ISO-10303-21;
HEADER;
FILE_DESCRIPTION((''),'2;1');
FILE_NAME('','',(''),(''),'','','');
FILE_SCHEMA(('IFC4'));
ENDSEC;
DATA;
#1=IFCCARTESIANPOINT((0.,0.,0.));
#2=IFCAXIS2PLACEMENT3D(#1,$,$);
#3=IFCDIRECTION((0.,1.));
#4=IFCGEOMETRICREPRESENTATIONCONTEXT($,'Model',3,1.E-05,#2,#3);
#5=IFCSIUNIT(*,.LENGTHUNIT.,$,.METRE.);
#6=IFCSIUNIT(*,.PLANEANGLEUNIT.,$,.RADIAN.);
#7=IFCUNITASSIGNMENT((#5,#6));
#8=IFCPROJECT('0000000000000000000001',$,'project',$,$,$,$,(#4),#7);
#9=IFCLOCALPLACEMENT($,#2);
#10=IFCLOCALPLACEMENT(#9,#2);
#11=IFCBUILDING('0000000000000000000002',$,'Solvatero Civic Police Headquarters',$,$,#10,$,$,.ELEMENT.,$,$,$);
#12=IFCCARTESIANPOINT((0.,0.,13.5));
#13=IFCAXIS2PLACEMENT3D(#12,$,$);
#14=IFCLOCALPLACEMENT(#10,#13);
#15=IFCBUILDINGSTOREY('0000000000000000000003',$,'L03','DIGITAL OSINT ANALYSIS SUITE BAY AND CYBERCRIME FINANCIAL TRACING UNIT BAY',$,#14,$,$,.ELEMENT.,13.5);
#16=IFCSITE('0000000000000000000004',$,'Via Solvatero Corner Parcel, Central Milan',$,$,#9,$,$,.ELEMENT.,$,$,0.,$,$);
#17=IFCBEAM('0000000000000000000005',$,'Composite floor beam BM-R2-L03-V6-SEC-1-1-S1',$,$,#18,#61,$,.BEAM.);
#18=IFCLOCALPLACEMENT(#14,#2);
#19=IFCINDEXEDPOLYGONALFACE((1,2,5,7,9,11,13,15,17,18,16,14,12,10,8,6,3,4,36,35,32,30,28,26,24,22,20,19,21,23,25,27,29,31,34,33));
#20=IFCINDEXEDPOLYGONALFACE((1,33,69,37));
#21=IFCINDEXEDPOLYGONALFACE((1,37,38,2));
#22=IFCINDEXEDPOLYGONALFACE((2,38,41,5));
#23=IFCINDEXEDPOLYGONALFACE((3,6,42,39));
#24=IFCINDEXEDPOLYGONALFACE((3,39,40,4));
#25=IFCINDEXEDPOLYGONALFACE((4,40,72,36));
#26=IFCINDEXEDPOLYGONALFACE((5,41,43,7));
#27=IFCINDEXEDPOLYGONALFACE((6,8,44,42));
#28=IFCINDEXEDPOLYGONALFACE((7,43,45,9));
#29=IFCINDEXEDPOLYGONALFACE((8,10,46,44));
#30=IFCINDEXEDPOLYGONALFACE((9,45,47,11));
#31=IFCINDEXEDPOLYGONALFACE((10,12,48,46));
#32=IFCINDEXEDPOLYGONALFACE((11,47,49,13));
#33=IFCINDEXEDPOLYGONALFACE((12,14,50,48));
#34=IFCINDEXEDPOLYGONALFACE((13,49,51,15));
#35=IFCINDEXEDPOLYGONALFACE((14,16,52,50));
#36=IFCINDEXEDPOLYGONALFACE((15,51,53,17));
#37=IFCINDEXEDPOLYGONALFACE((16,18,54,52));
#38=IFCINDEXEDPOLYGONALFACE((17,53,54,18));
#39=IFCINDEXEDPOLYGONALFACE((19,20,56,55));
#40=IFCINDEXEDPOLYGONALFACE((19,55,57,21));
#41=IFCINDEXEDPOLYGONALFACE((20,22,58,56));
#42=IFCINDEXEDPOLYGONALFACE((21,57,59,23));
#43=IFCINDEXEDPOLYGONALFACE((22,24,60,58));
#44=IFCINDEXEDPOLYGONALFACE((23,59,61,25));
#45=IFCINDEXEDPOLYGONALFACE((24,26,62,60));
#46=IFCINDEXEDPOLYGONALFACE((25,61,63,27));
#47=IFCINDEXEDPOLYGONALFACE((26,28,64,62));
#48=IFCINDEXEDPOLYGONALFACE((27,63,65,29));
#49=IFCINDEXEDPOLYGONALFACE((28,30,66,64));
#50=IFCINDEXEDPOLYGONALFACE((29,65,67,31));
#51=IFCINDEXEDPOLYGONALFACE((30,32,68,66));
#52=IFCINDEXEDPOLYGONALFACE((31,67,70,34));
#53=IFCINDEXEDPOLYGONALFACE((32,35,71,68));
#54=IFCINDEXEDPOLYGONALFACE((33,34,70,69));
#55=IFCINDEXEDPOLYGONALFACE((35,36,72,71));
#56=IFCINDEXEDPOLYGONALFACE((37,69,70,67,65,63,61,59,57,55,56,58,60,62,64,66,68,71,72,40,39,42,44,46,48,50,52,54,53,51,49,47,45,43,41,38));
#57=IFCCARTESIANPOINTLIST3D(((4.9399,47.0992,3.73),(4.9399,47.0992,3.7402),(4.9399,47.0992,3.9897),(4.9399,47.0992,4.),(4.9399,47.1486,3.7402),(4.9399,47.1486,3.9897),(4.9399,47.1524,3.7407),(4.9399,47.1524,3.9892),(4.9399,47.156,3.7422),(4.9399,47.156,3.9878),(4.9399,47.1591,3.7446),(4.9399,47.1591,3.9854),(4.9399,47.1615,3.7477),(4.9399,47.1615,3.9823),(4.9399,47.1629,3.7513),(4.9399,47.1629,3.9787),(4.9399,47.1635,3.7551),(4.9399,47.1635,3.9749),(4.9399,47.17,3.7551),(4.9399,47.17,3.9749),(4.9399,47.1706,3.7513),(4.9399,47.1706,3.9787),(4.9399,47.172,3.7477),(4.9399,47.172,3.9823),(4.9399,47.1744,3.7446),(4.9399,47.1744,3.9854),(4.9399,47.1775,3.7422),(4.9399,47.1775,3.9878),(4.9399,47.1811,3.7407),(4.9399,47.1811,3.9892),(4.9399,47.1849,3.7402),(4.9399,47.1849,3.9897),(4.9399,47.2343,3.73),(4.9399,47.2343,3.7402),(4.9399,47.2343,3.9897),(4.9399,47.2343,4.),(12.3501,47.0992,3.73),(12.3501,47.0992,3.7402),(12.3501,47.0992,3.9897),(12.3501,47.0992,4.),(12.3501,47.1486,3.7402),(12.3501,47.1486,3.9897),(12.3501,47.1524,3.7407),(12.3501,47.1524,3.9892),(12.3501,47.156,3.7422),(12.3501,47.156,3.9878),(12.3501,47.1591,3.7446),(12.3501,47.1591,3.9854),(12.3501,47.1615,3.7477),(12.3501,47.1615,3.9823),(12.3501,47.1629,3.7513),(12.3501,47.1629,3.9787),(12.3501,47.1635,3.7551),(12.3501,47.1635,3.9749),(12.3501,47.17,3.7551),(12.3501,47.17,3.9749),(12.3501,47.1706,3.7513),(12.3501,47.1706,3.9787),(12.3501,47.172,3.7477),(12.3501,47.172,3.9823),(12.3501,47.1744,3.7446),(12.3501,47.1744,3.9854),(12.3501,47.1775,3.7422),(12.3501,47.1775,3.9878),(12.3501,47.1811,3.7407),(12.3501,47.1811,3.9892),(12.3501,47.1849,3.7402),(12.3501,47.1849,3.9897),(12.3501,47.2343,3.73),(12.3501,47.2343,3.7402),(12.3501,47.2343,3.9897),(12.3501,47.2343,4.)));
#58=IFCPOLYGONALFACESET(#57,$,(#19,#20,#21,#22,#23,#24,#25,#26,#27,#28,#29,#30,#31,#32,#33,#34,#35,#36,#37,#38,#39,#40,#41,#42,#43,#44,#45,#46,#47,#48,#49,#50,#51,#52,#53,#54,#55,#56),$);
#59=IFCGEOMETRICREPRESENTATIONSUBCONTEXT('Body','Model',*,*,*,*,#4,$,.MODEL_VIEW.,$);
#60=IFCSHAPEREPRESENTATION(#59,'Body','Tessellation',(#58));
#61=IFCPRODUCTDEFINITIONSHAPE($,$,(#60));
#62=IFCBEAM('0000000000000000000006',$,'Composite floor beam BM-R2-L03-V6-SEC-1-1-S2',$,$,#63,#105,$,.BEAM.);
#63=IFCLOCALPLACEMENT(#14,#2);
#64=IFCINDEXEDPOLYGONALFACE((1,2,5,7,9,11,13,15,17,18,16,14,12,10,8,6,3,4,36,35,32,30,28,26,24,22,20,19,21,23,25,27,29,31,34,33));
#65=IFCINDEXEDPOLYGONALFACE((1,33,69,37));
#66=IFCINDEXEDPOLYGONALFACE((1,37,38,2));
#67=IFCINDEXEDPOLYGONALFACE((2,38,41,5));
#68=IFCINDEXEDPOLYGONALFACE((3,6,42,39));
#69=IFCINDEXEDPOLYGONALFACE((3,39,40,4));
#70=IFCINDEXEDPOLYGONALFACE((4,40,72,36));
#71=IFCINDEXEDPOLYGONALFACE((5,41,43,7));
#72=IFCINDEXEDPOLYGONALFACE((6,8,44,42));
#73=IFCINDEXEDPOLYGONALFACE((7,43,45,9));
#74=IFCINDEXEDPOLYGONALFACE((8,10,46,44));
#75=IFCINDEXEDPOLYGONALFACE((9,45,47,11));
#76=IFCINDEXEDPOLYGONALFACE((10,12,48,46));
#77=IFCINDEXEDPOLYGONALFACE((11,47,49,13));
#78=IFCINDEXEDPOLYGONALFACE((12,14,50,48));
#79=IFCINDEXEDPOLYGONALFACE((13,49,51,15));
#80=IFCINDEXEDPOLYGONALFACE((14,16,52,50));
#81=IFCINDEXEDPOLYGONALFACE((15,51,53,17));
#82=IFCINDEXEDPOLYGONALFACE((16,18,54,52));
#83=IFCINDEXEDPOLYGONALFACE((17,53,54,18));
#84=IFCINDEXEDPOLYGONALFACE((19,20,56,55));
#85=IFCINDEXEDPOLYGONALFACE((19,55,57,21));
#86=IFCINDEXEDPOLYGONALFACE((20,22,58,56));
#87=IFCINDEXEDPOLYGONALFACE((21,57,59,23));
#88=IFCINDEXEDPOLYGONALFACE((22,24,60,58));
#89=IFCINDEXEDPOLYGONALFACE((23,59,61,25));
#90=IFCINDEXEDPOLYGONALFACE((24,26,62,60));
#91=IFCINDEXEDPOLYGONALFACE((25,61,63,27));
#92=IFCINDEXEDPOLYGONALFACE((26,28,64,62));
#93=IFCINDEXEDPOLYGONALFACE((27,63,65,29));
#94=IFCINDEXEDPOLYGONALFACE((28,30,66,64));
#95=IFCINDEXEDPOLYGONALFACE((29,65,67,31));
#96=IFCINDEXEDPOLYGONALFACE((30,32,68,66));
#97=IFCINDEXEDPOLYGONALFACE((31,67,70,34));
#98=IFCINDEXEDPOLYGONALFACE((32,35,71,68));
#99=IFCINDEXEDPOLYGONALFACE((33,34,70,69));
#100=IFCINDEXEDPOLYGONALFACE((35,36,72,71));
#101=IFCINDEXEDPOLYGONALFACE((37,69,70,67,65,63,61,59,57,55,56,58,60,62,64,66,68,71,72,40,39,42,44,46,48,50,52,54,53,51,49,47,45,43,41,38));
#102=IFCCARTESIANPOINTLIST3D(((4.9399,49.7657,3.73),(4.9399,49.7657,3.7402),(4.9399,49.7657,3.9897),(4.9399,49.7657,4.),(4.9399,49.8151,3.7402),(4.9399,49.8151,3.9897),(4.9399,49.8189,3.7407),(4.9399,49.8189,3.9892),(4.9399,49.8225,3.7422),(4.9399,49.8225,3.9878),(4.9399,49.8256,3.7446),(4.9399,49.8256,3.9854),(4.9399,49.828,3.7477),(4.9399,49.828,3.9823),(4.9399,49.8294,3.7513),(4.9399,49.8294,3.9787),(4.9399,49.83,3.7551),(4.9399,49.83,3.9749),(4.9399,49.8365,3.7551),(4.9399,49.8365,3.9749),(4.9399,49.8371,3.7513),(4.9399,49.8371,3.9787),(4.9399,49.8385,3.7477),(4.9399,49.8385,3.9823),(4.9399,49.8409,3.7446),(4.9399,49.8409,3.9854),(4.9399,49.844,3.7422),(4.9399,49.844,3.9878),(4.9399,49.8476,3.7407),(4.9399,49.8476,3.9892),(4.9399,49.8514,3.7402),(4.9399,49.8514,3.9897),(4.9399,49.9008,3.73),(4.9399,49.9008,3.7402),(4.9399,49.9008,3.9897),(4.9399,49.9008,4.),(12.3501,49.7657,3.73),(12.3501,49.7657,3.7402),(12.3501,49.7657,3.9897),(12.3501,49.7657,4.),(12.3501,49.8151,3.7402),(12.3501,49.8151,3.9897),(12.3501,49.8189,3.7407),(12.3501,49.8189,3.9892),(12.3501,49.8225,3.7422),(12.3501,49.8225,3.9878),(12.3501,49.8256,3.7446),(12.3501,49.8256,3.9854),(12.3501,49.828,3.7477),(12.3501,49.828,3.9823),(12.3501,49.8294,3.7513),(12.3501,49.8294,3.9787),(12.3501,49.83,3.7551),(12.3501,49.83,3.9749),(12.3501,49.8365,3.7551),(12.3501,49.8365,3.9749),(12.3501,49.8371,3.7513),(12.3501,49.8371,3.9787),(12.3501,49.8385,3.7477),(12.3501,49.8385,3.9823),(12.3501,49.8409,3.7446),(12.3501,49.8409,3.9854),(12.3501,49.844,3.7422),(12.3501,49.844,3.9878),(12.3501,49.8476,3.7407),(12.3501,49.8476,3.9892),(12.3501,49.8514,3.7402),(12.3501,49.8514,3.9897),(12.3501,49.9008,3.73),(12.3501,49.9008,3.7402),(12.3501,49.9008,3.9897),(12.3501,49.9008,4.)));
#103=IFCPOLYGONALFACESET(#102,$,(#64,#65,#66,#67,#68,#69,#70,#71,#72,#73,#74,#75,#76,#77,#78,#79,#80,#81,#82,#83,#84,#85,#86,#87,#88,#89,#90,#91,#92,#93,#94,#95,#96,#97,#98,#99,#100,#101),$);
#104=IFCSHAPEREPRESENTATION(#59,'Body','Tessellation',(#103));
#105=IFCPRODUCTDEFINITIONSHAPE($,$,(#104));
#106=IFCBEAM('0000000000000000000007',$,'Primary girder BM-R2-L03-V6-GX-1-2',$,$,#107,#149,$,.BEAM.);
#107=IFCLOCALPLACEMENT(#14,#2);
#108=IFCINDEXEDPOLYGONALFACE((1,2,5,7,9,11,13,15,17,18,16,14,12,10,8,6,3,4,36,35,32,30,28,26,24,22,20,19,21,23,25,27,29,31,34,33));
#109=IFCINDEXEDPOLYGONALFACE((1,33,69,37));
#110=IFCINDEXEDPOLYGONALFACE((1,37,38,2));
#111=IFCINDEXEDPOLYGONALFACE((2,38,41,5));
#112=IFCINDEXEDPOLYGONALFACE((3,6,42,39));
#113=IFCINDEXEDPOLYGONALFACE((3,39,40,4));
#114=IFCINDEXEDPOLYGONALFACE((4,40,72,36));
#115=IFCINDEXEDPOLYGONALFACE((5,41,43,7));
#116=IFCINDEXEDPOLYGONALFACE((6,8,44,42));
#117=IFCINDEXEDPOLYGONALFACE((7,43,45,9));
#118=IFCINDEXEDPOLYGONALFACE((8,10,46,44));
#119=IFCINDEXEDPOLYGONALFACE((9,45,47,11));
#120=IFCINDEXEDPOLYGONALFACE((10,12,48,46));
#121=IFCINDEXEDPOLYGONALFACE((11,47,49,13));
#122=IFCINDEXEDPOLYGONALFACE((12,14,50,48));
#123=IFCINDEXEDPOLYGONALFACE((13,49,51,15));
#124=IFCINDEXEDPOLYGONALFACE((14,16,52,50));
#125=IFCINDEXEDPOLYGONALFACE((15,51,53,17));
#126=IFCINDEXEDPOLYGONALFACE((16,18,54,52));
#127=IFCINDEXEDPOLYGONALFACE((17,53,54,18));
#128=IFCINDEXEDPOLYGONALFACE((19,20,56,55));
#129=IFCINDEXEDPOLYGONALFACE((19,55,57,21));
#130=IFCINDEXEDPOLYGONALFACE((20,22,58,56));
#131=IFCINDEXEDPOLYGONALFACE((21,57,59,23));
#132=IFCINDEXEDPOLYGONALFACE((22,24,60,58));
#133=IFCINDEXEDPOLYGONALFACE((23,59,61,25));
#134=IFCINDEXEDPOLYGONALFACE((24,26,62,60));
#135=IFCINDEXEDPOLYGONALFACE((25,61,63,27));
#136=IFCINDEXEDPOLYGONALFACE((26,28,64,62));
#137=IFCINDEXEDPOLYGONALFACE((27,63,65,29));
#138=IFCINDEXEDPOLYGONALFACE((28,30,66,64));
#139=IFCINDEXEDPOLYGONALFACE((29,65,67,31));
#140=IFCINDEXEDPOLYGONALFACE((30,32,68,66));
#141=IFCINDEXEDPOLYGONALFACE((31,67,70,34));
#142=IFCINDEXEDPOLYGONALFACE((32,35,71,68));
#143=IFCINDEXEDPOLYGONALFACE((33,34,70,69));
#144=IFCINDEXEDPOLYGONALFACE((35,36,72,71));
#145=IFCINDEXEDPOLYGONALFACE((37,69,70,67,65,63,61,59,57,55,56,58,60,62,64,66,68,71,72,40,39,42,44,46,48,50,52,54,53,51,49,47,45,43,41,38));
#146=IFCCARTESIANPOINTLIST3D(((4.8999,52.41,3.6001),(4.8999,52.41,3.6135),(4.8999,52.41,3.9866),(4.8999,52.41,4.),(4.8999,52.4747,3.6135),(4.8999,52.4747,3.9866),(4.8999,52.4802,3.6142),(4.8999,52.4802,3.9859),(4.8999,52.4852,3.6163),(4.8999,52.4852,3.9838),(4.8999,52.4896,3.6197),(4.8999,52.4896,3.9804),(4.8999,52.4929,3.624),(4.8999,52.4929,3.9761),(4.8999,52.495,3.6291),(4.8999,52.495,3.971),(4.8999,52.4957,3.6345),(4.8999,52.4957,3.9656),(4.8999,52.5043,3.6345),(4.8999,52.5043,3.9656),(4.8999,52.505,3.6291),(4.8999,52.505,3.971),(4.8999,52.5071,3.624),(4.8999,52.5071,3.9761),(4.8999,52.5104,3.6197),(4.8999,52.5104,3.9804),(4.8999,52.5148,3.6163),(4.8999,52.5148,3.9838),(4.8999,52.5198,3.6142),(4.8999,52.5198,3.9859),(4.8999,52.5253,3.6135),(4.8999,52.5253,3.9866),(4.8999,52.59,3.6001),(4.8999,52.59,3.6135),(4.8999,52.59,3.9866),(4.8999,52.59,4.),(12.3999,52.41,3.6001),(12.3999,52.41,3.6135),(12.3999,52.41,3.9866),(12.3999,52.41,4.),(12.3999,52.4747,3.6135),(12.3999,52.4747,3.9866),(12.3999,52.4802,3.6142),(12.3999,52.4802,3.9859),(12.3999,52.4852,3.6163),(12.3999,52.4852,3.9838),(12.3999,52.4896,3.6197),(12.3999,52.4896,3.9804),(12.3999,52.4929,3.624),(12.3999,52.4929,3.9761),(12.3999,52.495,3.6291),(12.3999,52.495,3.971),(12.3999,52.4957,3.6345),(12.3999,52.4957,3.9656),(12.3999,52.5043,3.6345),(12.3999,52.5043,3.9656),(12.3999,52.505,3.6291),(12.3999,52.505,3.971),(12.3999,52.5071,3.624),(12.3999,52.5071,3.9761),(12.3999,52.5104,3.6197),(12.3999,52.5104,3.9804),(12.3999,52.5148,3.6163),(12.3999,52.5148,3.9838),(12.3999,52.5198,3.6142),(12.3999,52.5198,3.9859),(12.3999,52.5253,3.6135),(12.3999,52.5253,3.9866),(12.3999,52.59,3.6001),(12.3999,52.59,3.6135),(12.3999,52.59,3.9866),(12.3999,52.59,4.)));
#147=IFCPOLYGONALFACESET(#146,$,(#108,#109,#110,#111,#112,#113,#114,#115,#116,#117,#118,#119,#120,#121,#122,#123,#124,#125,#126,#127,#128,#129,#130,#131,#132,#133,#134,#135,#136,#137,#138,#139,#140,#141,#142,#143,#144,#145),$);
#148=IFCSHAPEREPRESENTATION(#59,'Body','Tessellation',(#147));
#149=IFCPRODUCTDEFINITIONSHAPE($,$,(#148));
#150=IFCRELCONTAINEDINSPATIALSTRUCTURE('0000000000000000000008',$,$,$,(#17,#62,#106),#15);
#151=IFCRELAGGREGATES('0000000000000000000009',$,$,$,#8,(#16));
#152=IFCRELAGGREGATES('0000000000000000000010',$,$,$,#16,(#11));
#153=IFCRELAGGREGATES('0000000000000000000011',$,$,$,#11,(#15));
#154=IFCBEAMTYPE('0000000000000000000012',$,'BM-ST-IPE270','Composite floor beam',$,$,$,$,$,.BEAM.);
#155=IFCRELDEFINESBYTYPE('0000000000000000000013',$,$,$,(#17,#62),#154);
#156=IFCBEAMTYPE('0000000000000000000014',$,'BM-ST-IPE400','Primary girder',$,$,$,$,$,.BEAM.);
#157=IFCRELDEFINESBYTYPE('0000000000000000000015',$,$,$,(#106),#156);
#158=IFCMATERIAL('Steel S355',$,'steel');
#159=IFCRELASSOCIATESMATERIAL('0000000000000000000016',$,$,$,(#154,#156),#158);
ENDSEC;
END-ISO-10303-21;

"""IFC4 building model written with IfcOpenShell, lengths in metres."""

from ifc_helpers import new_model, si_unit, direction, frame, origin, origin_2d, place, context, subcontext, project, spatial, i_section, extrude, material, material_profile, profile_set, type_object, element, save


model = new_model("IFC4")

# Units and contexts
model_context = context("Model", 3, precision=1e-05, world=origin(), true_north=direction((0.0, 1.0)))
body_context = subcontext(model_context, "Body", "Model", "MODEL_VIEW")
ifc_project = project(units=[si_unit("LENGTHUNIT", "METRE"), si_unit("PLANEANGLEUNIT", "RADIAN")], contexts=[model_context])

# Site, building, storey
site_placement = place(None, origin())
site = spatial("IfcSite", under=ifc_project, at=site_placement, Name="Via Solvatero Corner Parcel, Central Milan", CompositionType="ELEMENT", RefElevation=0.0)
building_placement = place(site_placement, origin())
building = spatial("IfcBuilding", under=site, at=building_placement, Name="Solvatero Civic Police Headquarters", CompositionType="ELEMENT")
storey_placement = place(building_placement, frame((0.0, 0.0, 13.5)))
storey = spatial("IfcBuildingStorey", under=building, at=storey_placement, Name="L03", Description="DIGITAL OSINT ANALYSIS SUITE BAY AND CYBERCRIME FINANCIAL TRACING UNIT BAY", CompositionType="ELEMENT", Elevation=13.5)

# Shared definitions
ifc_material_1 = material(Name="Steel S355", Category="steel")

# Beams
ifc_material_profile_1 = material_profile(ifc_material_1, i_section(OverallWidth=0.135, OverallDepth=0.27, WebThickness=0.0066, FlangeThickness=0.0103, FilletRadius=0.0149, at=origin_2d()), Name="IPE 270")
ifc_profile_set_1 = profile_set([ifc_material_profile_1], Name="Steel S355")
beam_type_1 = type_object("IfcBeamType", Name="BM-ST-IPE270", Description="Composite floor beam", PredefinedType="BEAM", material=ifc_profile_set_1)
for number, where, z_axis, x_axis, name in (
    (1, (4.9399, 47.1667, 3.865), (1.0, 0.0, 0.0), (0.0, 1.0, 0.0), "Composite floor beam BM-R2-L03-V6-SEC-1-1-S1"),
    (2, (4.9399, 49.8333, 3.865), (1.0, 0.0, 0.0), (0.0, 1.0, 0.0), "Composite floor beam BM-R2-L03-V6-SEC-1-1-S2"),
):
    element("IfcBeam", number, at=place(storey_placement, frame(where, z_axis=z_axis, x_axis=x_axis)), inside=storey, type_object=beam_type_1, Name=name, PredefinedType="BEAM", context=body_context, shape_type="SweptSolid", body=[
        extrude(i_section(OverallWidth=0.135, OverallDepth=0.27, WebThickness=0.0066, FlangeThickness=0.0103, FilletRadius=0.0149, at=origin_2d()), origin(), (0.0, 0.0, 1.0), 7.4102),
    ])
ifc_material_profile_2 = material_profile(ifc_material_1, i_section(OverallWidth=0.1799, OverallDepth=0.3999, WebThickness=0.0085, FlangeThickness=0.0134, FilletRadius=0.021, at=origin_2d()), Name="IPE 400")
ifc_profile_set_2 = profile_set([ifc_material_profile_2], Name="Steel S355")
beam_type_2 = type_object("IfcBeamType", Name="BM-ST-IPE400", Description="Primary girder", PredefinedType="BEAM", material=ifc_profile_set_2)
beam_1_placement = place(storey_placement, frame((4.8999, 52.5, 3.8), z_axis=(1.0, 0.0, 0.0), x_axis=(0.0, 1.0, 0.0)))
element("IfcBeam", 3, at=beam_1_placement, inside=storey, type_object=beam_type_2, Name="Primary girder BM-R2-L03-V6-GX-1-2", PredefinedType="BEAM", context=body_context, shape_type="SweptSolid", body=[
    extrude(i_section(OverallWidth=0.1799, OverallDepth=0.3999, WebThickness=0.0085, FlangeThickness=0.0134, FilletRadius=0.021, at=origin_2d()), origin(), (0.0, 0.0, 1.0), 7.5),
])

save(model, "model.ifc")
